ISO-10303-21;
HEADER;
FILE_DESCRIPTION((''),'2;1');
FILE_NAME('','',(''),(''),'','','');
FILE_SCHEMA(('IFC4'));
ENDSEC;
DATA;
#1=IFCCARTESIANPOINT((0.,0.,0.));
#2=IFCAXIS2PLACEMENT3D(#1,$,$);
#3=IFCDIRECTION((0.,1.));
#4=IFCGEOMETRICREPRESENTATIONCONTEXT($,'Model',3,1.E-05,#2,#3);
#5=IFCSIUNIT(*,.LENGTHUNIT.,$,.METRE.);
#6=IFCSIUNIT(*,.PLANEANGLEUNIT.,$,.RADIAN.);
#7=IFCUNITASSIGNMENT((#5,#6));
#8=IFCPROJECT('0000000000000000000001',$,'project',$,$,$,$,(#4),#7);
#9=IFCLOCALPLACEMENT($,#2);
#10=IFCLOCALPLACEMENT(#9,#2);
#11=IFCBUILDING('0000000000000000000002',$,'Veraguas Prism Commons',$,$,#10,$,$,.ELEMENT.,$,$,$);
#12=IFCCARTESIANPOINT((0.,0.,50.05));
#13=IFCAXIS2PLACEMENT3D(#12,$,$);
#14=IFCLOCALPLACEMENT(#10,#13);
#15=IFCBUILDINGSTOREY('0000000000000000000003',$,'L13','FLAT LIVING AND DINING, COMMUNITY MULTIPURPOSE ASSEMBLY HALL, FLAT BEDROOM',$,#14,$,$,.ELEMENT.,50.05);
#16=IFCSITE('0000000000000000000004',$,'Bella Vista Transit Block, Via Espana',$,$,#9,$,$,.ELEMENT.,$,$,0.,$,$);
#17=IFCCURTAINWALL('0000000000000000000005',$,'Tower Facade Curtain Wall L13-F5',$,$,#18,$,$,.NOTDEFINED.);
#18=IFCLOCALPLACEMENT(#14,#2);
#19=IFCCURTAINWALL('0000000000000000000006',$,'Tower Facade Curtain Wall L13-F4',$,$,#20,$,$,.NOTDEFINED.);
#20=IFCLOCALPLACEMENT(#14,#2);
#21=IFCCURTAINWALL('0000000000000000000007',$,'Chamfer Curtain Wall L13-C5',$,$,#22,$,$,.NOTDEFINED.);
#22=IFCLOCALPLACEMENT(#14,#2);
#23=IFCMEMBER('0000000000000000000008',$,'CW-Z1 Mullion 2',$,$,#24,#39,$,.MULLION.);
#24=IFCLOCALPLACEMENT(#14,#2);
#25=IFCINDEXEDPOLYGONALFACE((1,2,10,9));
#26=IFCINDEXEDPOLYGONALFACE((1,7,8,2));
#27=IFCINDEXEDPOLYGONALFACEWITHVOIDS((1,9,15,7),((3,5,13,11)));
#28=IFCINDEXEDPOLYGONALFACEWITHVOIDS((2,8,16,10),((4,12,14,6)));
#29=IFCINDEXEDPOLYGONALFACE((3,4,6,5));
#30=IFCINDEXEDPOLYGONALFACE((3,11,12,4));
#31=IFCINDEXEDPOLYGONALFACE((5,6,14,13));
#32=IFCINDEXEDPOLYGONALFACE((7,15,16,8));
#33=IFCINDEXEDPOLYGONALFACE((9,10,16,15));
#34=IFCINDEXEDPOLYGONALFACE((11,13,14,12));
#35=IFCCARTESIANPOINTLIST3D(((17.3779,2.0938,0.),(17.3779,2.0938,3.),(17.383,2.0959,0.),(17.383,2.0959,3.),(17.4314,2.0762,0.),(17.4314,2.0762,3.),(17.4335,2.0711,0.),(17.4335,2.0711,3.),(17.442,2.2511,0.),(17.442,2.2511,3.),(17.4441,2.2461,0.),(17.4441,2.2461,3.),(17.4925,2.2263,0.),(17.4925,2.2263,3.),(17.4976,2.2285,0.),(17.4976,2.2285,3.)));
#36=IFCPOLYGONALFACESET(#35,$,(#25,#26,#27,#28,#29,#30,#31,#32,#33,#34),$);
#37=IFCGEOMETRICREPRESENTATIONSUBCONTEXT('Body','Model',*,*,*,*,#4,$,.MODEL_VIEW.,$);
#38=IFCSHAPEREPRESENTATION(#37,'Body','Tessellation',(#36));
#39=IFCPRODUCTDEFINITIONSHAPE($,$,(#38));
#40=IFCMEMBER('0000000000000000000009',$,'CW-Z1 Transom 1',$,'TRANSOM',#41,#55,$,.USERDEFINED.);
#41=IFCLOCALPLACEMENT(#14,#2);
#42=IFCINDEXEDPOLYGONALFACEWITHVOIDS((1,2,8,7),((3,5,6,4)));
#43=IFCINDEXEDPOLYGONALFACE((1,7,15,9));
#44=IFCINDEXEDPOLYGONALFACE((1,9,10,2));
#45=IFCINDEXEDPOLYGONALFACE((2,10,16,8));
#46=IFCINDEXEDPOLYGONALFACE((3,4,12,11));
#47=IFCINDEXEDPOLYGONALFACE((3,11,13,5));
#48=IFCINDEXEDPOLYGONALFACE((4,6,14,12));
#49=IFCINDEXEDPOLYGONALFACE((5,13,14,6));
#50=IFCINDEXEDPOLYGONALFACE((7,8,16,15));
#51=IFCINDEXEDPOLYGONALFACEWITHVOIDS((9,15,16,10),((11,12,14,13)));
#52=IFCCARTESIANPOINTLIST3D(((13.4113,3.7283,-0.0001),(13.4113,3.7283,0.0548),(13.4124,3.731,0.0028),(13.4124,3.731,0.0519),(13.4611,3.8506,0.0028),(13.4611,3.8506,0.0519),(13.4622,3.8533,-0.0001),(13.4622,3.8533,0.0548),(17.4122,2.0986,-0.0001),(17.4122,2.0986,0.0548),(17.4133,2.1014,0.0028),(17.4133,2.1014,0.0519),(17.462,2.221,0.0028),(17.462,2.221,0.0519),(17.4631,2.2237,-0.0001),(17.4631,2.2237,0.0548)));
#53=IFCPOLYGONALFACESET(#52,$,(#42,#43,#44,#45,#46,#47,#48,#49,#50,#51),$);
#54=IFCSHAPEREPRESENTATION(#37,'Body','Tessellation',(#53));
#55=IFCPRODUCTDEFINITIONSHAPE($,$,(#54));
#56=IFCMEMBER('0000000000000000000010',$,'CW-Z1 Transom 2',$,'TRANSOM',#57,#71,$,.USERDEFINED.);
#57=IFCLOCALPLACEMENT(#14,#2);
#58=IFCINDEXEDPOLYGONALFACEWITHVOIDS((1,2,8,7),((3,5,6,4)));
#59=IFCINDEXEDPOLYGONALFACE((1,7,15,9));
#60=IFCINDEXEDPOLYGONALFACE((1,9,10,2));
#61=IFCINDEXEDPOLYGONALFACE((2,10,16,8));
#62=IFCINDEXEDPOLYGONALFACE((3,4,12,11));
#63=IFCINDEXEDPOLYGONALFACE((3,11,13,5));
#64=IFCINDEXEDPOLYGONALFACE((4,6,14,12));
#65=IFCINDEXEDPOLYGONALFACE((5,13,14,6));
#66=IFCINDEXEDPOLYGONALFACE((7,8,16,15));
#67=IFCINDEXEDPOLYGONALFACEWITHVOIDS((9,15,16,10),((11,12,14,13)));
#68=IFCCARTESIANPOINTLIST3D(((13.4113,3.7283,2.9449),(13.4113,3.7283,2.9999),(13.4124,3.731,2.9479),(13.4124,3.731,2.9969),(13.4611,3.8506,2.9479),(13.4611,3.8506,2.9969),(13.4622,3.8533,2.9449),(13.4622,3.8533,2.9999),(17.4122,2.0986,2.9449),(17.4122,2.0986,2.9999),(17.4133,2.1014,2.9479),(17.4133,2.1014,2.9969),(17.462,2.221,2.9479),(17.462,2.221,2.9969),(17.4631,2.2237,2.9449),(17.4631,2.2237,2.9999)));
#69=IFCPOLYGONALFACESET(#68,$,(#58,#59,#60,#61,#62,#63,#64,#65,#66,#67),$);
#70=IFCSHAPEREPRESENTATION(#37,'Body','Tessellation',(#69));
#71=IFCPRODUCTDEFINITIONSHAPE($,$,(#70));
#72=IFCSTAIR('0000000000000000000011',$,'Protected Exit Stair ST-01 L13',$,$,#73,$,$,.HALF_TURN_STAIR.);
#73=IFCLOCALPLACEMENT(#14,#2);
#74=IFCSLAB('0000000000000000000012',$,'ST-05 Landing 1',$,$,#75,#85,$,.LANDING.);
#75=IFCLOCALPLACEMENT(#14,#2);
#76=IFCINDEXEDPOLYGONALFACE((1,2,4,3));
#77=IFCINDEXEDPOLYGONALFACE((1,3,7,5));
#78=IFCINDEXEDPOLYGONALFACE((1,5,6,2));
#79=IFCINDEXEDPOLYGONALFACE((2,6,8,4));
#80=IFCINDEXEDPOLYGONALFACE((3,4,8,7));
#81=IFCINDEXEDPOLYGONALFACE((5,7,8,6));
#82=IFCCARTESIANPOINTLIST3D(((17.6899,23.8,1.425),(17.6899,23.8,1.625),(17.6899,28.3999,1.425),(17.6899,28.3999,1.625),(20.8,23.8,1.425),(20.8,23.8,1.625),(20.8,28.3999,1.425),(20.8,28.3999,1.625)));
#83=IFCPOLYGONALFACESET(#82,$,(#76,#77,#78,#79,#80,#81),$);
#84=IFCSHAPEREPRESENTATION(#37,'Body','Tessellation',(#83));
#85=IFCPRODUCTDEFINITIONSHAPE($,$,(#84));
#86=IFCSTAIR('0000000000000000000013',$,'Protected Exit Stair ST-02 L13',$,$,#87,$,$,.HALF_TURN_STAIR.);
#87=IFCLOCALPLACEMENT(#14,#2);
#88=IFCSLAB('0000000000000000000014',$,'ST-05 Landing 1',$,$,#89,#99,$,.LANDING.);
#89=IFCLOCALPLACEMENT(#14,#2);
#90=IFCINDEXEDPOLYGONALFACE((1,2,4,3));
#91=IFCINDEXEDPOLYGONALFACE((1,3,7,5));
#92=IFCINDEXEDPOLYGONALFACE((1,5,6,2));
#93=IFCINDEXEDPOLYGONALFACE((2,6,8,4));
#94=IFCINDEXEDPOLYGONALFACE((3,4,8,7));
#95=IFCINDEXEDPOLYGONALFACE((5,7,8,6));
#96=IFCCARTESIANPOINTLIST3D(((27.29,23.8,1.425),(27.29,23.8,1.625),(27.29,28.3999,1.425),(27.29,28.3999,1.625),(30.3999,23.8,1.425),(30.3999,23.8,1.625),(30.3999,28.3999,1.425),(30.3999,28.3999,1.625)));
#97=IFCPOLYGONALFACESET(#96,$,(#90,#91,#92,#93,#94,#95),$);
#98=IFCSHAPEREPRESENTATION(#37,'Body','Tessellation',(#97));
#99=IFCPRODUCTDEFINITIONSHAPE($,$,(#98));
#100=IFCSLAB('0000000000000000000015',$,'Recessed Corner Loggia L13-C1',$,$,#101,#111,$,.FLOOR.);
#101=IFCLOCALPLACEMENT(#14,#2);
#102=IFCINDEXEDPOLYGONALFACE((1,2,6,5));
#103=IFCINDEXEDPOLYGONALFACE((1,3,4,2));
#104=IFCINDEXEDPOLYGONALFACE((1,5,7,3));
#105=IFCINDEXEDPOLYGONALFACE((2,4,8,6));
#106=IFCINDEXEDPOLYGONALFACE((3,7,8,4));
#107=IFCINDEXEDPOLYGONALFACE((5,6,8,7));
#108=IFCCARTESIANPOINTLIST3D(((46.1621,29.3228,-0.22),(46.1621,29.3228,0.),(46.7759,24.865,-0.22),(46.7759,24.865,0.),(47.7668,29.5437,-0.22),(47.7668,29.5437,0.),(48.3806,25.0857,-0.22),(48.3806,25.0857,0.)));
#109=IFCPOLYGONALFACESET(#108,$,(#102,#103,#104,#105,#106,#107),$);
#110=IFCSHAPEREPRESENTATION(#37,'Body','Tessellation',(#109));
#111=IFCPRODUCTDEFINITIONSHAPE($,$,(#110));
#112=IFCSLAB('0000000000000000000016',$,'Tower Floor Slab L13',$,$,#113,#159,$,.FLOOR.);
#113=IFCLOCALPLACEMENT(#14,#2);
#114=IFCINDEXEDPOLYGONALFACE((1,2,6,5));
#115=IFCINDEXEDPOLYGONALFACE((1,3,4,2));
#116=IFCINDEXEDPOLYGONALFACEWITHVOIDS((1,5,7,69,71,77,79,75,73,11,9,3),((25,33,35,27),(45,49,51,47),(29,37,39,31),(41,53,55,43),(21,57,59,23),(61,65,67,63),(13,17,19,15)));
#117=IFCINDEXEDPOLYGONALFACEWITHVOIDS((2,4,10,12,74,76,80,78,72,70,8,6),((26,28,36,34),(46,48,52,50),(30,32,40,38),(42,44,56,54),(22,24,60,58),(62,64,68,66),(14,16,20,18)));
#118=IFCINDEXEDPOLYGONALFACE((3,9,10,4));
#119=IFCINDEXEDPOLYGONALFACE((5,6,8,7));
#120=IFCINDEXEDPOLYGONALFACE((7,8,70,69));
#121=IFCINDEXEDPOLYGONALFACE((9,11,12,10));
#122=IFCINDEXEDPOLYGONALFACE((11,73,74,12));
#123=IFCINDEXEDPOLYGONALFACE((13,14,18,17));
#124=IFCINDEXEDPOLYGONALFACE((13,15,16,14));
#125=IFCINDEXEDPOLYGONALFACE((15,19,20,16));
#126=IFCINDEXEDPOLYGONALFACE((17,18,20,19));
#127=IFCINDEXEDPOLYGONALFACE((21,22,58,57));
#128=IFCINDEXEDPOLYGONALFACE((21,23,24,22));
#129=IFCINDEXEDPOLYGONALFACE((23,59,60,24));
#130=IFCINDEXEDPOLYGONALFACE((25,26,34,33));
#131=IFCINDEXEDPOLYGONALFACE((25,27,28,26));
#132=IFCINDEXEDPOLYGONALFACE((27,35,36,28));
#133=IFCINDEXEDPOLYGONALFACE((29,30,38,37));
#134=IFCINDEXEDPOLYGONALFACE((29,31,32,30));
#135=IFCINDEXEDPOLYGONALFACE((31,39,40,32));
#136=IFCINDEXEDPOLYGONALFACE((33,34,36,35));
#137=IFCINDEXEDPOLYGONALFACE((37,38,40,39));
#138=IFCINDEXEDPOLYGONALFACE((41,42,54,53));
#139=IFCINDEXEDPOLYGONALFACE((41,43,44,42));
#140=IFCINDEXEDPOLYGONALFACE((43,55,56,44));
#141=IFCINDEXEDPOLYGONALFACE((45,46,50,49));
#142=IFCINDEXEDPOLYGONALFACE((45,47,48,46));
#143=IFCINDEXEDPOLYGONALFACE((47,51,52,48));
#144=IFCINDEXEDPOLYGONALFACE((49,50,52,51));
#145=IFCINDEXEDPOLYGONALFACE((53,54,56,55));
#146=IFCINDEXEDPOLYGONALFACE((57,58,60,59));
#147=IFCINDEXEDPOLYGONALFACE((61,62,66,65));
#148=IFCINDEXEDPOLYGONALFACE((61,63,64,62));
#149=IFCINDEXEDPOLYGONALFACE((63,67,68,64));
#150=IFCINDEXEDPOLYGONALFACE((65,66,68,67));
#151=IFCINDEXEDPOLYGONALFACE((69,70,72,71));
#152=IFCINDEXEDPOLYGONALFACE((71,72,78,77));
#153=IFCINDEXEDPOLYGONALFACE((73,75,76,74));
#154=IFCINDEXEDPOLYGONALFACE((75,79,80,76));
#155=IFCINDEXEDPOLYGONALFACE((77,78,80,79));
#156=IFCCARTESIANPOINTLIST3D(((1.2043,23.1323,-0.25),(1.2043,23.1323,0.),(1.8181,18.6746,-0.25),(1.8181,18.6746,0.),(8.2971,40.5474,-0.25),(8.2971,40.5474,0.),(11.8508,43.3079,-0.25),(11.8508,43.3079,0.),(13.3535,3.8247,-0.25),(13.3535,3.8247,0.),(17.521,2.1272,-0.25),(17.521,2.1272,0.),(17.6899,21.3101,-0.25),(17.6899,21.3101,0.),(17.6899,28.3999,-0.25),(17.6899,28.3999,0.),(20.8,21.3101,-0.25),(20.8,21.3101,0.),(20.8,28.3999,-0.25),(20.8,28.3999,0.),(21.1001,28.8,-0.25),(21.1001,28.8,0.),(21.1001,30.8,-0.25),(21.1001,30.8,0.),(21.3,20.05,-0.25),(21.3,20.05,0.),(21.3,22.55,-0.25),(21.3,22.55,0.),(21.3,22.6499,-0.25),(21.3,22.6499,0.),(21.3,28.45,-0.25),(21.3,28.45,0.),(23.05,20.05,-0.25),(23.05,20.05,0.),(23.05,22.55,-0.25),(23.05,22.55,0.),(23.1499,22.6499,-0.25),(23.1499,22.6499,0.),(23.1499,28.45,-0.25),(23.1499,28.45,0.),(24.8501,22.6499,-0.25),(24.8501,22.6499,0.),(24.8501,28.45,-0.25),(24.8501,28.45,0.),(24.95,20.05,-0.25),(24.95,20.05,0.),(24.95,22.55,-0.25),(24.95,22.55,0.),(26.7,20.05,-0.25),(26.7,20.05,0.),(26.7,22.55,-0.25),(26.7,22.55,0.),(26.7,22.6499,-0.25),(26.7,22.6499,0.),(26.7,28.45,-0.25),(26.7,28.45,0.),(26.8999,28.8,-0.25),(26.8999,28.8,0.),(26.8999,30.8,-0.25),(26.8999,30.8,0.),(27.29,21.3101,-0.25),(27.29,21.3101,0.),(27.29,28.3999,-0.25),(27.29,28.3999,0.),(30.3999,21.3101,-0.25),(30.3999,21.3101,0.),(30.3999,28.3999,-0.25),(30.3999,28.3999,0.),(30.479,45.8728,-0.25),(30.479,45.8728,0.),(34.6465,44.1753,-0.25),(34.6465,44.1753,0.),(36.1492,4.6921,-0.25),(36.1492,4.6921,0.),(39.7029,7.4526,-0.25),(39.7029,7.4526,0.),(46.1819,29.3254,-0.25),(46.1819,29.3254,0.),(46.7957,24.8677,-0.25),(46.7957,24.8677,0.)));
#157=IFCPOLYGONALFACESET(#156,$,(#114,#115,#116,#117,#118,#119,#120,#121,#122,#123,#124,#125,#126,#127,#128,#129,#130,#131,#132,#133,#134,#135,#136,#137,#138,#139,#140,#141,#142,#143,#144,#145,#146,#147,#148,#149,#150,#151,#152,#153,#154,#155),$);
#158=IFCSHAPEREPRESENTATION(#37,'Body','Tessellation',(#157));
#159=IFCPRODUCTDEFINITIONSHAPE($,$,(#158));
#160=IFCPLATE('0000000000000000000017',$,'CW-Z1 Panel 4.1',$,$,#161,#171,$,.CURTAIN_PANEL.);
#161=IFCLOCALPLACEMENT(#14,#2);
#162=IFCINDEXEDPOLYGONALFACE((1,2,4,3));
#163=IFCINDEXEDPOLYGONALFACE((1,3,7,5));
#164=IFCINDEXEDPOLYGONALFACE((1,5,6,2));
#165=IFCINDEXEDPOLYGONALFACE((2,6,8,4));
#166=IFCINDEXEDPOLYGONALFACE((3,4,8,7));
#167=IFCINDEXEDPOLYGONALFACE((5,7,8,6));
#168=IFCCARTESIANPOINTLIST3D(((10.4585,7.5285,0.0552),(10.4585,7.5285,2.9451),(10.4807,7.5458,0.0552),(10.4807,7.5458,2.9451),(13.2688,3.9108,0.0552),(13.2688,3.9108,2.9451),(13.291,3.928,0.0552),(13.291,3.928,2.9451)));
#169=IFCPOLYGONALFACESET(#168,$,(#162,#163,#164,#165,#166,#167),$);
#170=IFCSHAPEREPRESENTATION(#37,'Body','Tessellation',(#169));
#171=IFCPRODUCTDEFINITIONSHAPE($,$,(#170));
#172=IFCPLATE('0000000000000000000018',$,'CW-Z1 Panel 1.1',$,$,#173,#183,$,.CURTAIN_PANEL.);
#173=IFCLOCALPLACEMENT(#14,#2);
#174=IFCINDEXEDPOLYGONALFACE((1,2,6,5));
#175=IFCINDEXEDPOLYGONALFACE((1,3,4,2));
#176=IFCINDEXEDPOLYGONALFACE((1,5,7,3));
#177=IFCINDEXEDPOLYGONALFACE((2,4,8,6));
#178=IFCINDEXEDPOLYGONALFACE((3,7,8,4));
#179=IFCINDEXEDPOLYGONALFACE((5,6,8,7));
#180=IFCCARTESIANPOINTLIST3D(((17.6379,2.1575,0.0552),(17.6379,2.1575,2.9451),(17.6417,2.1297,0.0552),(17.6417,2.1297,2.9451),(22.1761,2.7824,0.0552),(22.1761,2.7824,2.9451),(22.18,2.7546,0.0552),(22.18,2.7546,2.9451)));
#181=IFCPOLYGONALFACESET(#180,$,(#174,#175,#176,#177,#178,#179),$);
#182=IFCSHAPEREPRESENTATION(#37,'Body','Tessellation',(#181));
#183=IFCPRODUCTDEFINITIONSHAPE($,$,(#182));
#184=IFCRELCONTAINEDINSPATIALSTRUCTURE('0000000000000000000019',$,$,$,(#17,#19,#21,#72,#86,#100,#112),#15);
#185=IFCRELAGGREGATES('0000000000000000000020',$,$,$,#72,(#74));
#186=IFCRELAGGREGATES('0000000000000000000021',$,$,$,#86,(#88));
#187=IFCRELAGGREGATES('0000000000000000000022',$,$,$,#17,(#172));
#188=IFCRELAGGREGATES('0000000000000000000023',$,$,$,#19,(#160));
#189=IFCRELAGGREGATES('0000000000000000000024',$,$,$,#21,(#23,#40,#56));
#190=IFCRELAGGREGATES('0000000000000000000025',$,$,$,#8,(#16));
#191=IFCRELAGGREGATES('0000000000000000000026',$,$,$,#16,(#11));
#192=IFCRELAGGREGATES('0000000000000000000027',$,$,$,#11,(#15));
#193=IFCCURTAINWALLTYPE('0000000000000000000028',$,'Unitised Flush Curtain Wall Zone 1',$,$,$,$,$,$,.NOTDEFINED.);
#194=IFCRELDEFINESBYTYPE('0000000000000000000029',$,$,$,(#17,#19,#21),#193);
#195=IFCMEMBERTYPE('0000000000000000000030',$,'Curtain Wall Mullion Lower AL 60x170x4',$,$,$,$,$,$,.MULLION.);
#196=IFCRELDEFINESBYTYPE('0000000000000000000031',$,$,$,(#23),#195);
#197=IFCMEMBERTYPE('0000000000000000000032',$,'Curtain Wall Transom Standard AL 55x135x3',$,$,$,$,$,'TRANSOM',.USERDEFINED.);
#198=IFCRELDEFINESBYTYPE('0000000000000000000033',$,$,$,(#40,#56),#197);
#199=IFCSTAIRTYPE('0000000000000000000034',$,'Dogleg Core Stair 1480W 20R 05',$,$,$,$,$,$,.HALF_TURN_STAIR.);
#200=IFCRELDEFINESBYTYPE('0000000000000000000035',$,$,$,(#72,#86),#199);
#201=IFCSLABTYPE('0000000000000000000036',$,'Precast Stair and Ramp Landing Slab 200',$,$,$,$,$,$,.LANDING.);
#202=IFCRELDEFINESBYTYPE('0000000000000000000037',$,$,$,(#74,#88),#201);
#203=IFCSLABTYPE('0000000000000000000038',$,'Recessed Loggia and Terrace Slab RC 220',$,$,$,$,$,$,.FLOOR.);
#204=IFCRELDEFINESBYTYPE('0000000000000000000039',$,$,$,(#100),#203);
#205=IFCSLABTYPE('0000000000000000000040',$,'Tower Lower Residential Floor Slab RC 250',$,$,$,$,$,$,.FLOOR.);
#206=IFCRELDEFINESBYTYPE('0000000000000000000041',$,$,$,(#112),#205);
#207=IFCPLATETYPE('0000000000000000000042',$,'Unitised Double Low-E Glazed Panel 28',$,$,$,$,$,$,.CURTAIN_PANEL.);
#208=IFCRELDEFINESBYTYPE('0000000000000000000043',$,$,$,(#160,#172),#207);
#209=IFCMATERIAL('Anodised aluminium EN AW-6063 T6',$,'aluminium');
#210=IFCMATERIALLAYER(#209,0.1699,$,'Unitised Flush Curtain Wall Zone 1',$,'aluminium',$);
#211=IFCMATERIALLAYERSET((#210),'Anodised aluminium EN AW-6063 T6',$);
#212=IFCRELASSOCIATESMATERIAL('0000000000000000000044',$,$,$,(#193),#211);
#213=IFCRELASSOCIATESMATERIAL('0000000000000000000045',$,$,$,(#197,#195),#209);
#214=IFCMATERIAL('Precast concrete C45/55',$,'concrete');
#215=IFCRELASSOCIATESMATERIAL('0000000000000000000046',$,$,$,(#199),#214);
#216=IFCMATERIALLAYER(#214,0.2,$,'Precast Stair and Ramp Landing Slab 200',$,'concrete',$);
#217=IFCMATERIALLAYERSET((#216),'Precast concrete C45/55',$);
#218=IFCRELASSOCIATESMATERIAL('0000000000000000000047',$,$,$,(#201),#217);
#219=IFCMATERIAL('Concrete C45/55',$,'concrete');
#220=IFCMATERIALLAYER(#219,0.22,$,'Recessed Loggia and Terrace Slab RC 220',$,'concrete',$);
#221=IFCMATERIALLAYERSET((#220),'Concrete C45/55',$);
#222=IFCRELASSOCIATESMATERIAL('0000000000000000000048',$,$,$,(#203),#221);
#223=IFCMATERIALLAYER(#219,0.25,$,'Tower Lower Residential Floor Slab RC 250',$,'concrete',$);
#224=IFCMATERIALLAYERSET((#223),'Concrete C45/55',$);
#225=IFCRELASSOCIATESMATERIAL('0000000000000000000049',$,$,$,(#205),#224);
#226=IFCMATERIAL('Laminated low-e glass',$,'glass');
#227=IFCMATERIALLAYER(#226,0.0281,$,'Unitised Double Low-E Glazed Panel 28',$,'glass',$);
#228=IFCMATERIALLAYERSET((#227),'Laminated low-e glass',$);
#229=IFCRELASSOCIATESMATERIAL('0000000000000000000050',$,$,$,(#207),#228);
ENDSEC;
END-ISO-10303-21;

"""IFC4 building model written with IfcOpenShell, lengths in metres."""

from ifc_helpers import new_model, si_unit, direction, frame, origin, origin_2d, place, context, subcontext, project, spatial, polyline, rectangle, hollow_rectangle, outline, extrude, source, transform, mapped, material, layer, layer_set, material_profile, profile_set, type_object, element, aggregate, save


model = new_model("IFC4")

# Units and contexts
model_context = context("Model", 3, precision=1e-05, world=origin(), true_north=direction((0.0, 1.0)))
body_context = subcontext(model_context, "Body", "Model", "MODEL_VIEW")
ifc_project = project(units=[si_unit("LENGTHUNIT", "METRE"), si_unit("PLANEANGLEUNIT", "RADIAN")], contexts=[model_context])

# Site, building, storey
site_placement = place(None, origin())
site = spatial("IfcSite", under=ifc_project, at=site_placement, Name="Bella Vista Transit Block, Via Espana", CompositionType="ELEMENT", RefElevation=0.0)
building_placement = place(site_placement, origin())
building = spatial("IfcBuilding", under=site, at=building_placement, Name="Veraguas Prism Commons", CompositionType="ELEMENT")
storey_placement = place(building_placement, frame((0.0, 0.0, 50.05)))
storey = spatial("IfcBuildingStorey", under=building, at=storey_placement, Name="L13", Description="FLAT LIVING AND DINING, COMMUNITY MULTIPURPOSE ASSEMBLY HALL, FLAT BEDROOM", CompositionType="ELEMENT", Elevation=50.05)

# Curtain walls
ifc_material_1 = material(Name="Anodised aluminium EN AW-6063 T6", Category="aluminium")
ifc_layer_1 = layer(ifc_material_1, 0.1699, Name="Unitised Flush Curtain Wall Zone 1", Category="aluminium")
ifc_layer_set_1 = layer_set([ifc_layer_1], Name="Anodised aluminium EN AW-6063 T6")
curtain_wall_type = type_object("IfcCurtainWallType", Name="Unitised Flush Curtain Wall Zone 1", PredefinedType="NOTDEFINED", material=ifc_layer_set_1)
curtain_wall_1_placement = place(storey_placement, origin())
curtain_wall_1 = element("IfcCurtainWall", 1, at=curtain_wall_1_placement, inside=storey, type_object=curtain_wall_type, Name="Tower Facade Curtain Wall L13-F5", PredefinedType="NOTDEFINED")
ifc_material_profile_1 = material_profile(ifc_material_1, hollow_rectangle(XDim=0.0549, YDim=0.135, WallThickness=0.0029, at=origin_2d()), Name="AL55X135X3")
ifc_profile_set_1 = profile_set([ifc_material_profile_1], Name="Anodised aluminium EN AW-6063 T6")
member_type_1 = type_object("IfcMemberType", Name="Curtain Wall Transom Standard AL 55x135x3", ElementType="TRANSOM", PredefinedType="USERDEFINED", material=ifc_profile_set_1)
curtain_wall_2_placement = place(storey_placement, origin())
curtain_wall_2 = element("IfcCurtainWall", 2, at=curtain_wall_2_placement, inside=storey, type_object=curtain_wall_type, Name="Tower Facade Curtain Wall L13-F4", PredefinedType="NOTDEFINED")
ifc_material_profile_2 = material_profile(ifc_material_1, hollow_rectangle(XDim=0.0601, YDim=0.1699, WallThickness=0.0039, at=origin_2d()), Name="AL60X170X4")
ifc_profile_set_2 = profile_set([ifc_material_profile_2], Name="Anodised aluminium EN AW-6063 T6")
member_type_2 = type_object("IfcMemberType", Name="Curtain Wall Mullion Lower AL 60x170x4", PredefinedType="MULLION", material=ifc_profile_set_2)
shared_shape_1 = source(origin(), body_context, "Body", "SweptSolid", [
    extrude(hollow_rectangle(XDim=0.0601, YDim=0.1699, WallThickness=0.0039, at=origin_2d()), origin(), (0.0, 0.0, 1.0), 3.0),
])

# Curtain wall, members
curtain_wall_3_placement = place(storey_placement, origin())
curtain_wall_3 = element("IfcCurtainWall", 3, at=curtain_wall_3_placement, inside=storey, type_object=curtain_wall_type, Name="Chamfer Curtain Wall L13-C5", PredefinedType="NOTDEFINED")
member_1_placement = place(storey_placement, frame((17.4377, 2.1611, 0.0), z_axis=(0.0, 0.0, 1.0), x_axis=(0.926125, -0.377217, 0.0)))
member_1 = element("IfcMember", 4, at=member_1_placement, type_object=member_type_2, Name="CW-Z1 Mullion 2", PredefinedType="MULLION", context=body_context, shape_type="MappedRepresentation", body=[
    mapped(shared_shape_1, transform((0.0, 0.0, 0.0), scale=1.0)),
])
shared_shape_2 = source(origin(), body_context, "Body", "SweptSolid", [
    extrude(hollow_rectangle(XDim=0.0549, YDim=0.135, WallThickness=0.0029, at=origin_2d()), origin(), (0.0, 0.0, 1.0), 4.3201),
])
member_2_placement = place(storey_placement, frame((13.4368, 3.7908, 0.0273), z_axis=(0.926124, -0.37722, 0.0), x_axis=(0.0, 0.0, 1.0)))
member_2 = element("IfcMember", 5, at=member_2_placement, type_object=member_type_1, Name="CW-Z1 Transom 1", ObjectType="TRANSOM", PredefinedType="USERDEFINED", context=body_context, shape_type="MappedRepresentation", body=[
    mapped(shared_shape_2, transform((0.0, 0.0, 0.0), scale=1.0)),
])
member_3_placement = place(storey_placement, frame((13.4368, 3.7908, 2.9724), z_axis=(0.926124, -0.37722, 0.0), x_axis=(0.0, 0.0, 1.0)))
member_3 = element("IfcMember", 6, at=member_3_placement, type_object=member_type_1, Name="CW-Z1 Transom 2", ObjectType="TRANSOM", PredefinedType="USERDEFINED", context=body_context, shape_type="MappedRepresentation", body=[
    mapped(shared_shape_2, transform((0.0, 0.0, 0.0), scale=1.0)),
])

# Stairs, slabs
ifc_material_2 = material(Name="Precast concrete C45/55", Category="concrete")
stair_type = type_object("IfcStairType", Name="Dogleg Core Stair 1480W 20R 05", PredefinedType="HALF_TURN_STAIR", material=ifc_material_2)
stair_1_placement = place(storey_placement, origin())
stair_1 = element("IfcStair", 7, at=stair_1_placement, inside=storey, type_object=stair_type, Name="Protected Exit Stair ST-01 L13", PredefinedType="HALF_TURN_STAIR")
ifc_layer_2 = layer(ifc_material_2, 0.2, Name="Precast Stair and Ramp Landing Slab 200", Category="concrete")
ifc_layer_set_2 = layer_set([ifc_layer_2], Name="Precast concrete C45/55")
slab_type_1 = type_object("IfcSlabType", Name="Precast Stair and Ramp Landing Slab 200", PredefinedType="LANDING", material=ifc_layer_set_2)
slab_1_placement = place(storey_placement, frame((0.0, 0.0, 1.425)))
slab_1 = element("IfcSlab", 8, at=slab_1_placement, type_object=slab_type_1, Name="ST-05 Landing 1", PredefinedType="LANDING", context=body_context, shape_type="SweptSolid", body=[
    extrude(outline(polyline([(20.8, 23.8), (20.8, 28.3999), (17.6899, 28.3999), (17.6899, 23.8), (20.8, 23.8)])), origin(), (0.0, 0.0, 1.0), 0.2),
])
aggregate(stair_1, [slab_1])
stair_2_placement = place(storey_placement, origin())
stair_2 = element("IfcStair", 9, at=stair_2_placement, inside=storey, type_object=stair_type, Name="Protected Exit Stair ST-02 L13", PredefinedType="HALF_TURN_STAIR")
slab_2_placement = place(storey_placement, frame((0.0, 0.0, 1.425)))
slab_2 = element("IfcSlab", 10, at=slab_2_placement, type_object=slab_type_1, Name="ST-05 Landing 1", PredefinedType="LANDING", context=body_context, shape_type="SweptSolid", body=[
    extrude(outline(polyline([(30.3999, 23.8), (30.3999, 28.3999), (27.29, 28.3999), (27.29, 23.8), (30.3999, 23.8)])), origin(), (0.0, 0.0, 1.0), 0.2),
])
aggregate(stair_2, [slab_2])

# Slabs
ifc_material_3 = material(Name="Concrete C45/55", Category="concrete")
ifc_layer_3 = layer(ifc_material_3, 0.22, Name="Recessed Loggia and Terrace Slab RC 220", Category="concrete")
ifc_layer_set_3 = layer_set([ifc_layer_3], Name="Concrete C45/55")
slab_type_2 = type_object("IfcSlabType", Name="Recessed Loggia and Terrace Slab RC 220", PredefinedType="FLOOR", material=ifc_layer_set_3)
slab_3_placement = place(storey_placement, frame((0.0, 0.0, -0.22)))
element("IfcSlab", 11, at=slab_3_placement, inside=storey, type_object=slab_type_2, Name="Recessed Corner Loggia L13-C1", PredefinedType="FLOOR", context=body_context, shape_type="SweptSolid", body=[
    extrude(outline(polyline([(46.7759, 24.865), (48.3806, 25.0857), (47.7668, 29.5437), (46.1621, 29.3228), (46.7759, 24.865)])), origin(), (0.0, 0.0, 1.0), 0.22),
])
ifc_layer_4 = layer(ifc_material_3, 0.25, Name="Tower Lower Residential Floor Slab RC 250", Category="concrete")
ifc_layer_set_4 = layer_set([ifc_layer_4], Name="Concrete C45/55")
slab_type_3 = type_object("IfcSlabType", Name="Tower Lower Residential Floor Slab RC 250", PredefinedType="FLOOR", material=ifc_layer_set_4)
slab_4_placement = place(storey_placement, frame((0.0, 0.0, -0.25)))
element("IfcSlab", 12, at=slab_4_placement, inside=storey, type_object=slab_type_3, Name="Tower Floor Slab L13", PredefinedType="FLOOR", context=body_context, shape_type="SweptSolid", body=[
    extrude(outline(polyline([(46.7957, 24.8677), (46.1819, 29.3254), (34.6465, 44.1753), (30.479, 45.8728), (11.8508, 43.3079), (8.2971, 40.5474), (1.2043, 23.1323), (1.8181, 18.6746), (13.3535, 3.8247), (17.521, 2.1272), (36.1492, 4.6921), (39.7029, 7.4526), (46.7957, 24.8677)]), holes=[polyline([(20.8, 21.3101), (20.8, 28.3999), (17.6899, 28.3999), (17.6899, 21.3101), (20.8, 21.3101)]), polyline([(30.3999, 21.3101), (30.3999, 28.3999), (27.29, 28.3999), (27.29, 21.3101), (30.3999, 21.3101)]), polyline([(21.3, 22.6499), (23.1499, 22.6499), (23.1499, 28.45), (21.3, 28.45), (21.3, 22.6499)]), polyline([(24.8501, 22.6499), (26.7, 22.6499), (26.7, 28.45), (24.8501, 28.45), (24.8501, 22.6499)]), polyline([(21.1001, 28.8), (26.8999, 28.8), (26.8999, 30.8), (21.1001, 30.8), (21.1001, 28.8)]), polyline([(21.3, 20.05), (23.05, 20.05), (23.05, 22.55), (21.3, 22.55), (21.3, 20.05)]), polyline([(24.95, 20.05), (26.7, 20.05), (26.7, 22.55), (24.95, 22.55), (24.95, 20.05)])]), origin(), (0.0, 0.0, 1.0), 0.25),
])

# Plates
ifc_material_4 = material(Name="Laminated low-e glass", Category="glass")
ifc_layer_5 = layer(ifc_material_4, 0.0281, Name="Unitised Double Low-E Glazed Panel 28", Category="glass")
ifc_layer_set_5 = layer_set([ifc_layer_5], Name="Laminated low-e glass")
plate_type = type_object("IfcPlateType", Name="Unitised Double Low-E Glazed Panel 28", PredefinedType="CURTAIN_PANEL", material=ifc_layer_set_5)
shared_shape_3 = source(origin(), body_context, "Body", "SweptSolid", [
    extrude(rectangle(XDim=4.5811, YDim=0.0281, at=origin_2d()), origin(), (0.0, 0.0, 1.0), 2.8899),
])
plate_1_placement = place(storey_placement, frame((11.8748, 5.7283, 0.0552), z_axis=(0.0, 0.0, 1.0), x_axis=(0.613461, -0.789725, 0.0)))
plate_1 = element("IfcPlate", 13, at=plate_1_placement, type_object=plate_type, Name="CW-Z1 Panel 4.1", PredefinedType="CURTAIN_PANEL", context=body_context, shape_type="MappedRepresentation", body=[
    mapped(shared_shape_3, transform((0.0, 0.0, 0.0), scale=1.0)),
])
plate_2_placement = place(storey_placement, frame((19.9089, 2.4561, 0.0552), z_axis=(0.0, 0.0, 1.0), x_axis=(0.990653, 0.136405, 0.0)))
plate_2 = element("IfcPlate", 14, at=plate_2_placement, type_object=plate_type, Name="CW-Z1 Panel 1.1", PredefinedType="CURTAIN_PANEL", context=body_context, shape_type="MappedRepresentation", body=[
    mapped(shared_shape_3, transform((0.0, 0.0, 0.0), scale=1.0)),
])
aggregate(curtain_wall_1, [plate_2])
aggregate(curtain_wall_2, [plate_1])
aggregate(curtain_wall_3, [member_1, member_2, member_3])

save(model, "model.ifc")
